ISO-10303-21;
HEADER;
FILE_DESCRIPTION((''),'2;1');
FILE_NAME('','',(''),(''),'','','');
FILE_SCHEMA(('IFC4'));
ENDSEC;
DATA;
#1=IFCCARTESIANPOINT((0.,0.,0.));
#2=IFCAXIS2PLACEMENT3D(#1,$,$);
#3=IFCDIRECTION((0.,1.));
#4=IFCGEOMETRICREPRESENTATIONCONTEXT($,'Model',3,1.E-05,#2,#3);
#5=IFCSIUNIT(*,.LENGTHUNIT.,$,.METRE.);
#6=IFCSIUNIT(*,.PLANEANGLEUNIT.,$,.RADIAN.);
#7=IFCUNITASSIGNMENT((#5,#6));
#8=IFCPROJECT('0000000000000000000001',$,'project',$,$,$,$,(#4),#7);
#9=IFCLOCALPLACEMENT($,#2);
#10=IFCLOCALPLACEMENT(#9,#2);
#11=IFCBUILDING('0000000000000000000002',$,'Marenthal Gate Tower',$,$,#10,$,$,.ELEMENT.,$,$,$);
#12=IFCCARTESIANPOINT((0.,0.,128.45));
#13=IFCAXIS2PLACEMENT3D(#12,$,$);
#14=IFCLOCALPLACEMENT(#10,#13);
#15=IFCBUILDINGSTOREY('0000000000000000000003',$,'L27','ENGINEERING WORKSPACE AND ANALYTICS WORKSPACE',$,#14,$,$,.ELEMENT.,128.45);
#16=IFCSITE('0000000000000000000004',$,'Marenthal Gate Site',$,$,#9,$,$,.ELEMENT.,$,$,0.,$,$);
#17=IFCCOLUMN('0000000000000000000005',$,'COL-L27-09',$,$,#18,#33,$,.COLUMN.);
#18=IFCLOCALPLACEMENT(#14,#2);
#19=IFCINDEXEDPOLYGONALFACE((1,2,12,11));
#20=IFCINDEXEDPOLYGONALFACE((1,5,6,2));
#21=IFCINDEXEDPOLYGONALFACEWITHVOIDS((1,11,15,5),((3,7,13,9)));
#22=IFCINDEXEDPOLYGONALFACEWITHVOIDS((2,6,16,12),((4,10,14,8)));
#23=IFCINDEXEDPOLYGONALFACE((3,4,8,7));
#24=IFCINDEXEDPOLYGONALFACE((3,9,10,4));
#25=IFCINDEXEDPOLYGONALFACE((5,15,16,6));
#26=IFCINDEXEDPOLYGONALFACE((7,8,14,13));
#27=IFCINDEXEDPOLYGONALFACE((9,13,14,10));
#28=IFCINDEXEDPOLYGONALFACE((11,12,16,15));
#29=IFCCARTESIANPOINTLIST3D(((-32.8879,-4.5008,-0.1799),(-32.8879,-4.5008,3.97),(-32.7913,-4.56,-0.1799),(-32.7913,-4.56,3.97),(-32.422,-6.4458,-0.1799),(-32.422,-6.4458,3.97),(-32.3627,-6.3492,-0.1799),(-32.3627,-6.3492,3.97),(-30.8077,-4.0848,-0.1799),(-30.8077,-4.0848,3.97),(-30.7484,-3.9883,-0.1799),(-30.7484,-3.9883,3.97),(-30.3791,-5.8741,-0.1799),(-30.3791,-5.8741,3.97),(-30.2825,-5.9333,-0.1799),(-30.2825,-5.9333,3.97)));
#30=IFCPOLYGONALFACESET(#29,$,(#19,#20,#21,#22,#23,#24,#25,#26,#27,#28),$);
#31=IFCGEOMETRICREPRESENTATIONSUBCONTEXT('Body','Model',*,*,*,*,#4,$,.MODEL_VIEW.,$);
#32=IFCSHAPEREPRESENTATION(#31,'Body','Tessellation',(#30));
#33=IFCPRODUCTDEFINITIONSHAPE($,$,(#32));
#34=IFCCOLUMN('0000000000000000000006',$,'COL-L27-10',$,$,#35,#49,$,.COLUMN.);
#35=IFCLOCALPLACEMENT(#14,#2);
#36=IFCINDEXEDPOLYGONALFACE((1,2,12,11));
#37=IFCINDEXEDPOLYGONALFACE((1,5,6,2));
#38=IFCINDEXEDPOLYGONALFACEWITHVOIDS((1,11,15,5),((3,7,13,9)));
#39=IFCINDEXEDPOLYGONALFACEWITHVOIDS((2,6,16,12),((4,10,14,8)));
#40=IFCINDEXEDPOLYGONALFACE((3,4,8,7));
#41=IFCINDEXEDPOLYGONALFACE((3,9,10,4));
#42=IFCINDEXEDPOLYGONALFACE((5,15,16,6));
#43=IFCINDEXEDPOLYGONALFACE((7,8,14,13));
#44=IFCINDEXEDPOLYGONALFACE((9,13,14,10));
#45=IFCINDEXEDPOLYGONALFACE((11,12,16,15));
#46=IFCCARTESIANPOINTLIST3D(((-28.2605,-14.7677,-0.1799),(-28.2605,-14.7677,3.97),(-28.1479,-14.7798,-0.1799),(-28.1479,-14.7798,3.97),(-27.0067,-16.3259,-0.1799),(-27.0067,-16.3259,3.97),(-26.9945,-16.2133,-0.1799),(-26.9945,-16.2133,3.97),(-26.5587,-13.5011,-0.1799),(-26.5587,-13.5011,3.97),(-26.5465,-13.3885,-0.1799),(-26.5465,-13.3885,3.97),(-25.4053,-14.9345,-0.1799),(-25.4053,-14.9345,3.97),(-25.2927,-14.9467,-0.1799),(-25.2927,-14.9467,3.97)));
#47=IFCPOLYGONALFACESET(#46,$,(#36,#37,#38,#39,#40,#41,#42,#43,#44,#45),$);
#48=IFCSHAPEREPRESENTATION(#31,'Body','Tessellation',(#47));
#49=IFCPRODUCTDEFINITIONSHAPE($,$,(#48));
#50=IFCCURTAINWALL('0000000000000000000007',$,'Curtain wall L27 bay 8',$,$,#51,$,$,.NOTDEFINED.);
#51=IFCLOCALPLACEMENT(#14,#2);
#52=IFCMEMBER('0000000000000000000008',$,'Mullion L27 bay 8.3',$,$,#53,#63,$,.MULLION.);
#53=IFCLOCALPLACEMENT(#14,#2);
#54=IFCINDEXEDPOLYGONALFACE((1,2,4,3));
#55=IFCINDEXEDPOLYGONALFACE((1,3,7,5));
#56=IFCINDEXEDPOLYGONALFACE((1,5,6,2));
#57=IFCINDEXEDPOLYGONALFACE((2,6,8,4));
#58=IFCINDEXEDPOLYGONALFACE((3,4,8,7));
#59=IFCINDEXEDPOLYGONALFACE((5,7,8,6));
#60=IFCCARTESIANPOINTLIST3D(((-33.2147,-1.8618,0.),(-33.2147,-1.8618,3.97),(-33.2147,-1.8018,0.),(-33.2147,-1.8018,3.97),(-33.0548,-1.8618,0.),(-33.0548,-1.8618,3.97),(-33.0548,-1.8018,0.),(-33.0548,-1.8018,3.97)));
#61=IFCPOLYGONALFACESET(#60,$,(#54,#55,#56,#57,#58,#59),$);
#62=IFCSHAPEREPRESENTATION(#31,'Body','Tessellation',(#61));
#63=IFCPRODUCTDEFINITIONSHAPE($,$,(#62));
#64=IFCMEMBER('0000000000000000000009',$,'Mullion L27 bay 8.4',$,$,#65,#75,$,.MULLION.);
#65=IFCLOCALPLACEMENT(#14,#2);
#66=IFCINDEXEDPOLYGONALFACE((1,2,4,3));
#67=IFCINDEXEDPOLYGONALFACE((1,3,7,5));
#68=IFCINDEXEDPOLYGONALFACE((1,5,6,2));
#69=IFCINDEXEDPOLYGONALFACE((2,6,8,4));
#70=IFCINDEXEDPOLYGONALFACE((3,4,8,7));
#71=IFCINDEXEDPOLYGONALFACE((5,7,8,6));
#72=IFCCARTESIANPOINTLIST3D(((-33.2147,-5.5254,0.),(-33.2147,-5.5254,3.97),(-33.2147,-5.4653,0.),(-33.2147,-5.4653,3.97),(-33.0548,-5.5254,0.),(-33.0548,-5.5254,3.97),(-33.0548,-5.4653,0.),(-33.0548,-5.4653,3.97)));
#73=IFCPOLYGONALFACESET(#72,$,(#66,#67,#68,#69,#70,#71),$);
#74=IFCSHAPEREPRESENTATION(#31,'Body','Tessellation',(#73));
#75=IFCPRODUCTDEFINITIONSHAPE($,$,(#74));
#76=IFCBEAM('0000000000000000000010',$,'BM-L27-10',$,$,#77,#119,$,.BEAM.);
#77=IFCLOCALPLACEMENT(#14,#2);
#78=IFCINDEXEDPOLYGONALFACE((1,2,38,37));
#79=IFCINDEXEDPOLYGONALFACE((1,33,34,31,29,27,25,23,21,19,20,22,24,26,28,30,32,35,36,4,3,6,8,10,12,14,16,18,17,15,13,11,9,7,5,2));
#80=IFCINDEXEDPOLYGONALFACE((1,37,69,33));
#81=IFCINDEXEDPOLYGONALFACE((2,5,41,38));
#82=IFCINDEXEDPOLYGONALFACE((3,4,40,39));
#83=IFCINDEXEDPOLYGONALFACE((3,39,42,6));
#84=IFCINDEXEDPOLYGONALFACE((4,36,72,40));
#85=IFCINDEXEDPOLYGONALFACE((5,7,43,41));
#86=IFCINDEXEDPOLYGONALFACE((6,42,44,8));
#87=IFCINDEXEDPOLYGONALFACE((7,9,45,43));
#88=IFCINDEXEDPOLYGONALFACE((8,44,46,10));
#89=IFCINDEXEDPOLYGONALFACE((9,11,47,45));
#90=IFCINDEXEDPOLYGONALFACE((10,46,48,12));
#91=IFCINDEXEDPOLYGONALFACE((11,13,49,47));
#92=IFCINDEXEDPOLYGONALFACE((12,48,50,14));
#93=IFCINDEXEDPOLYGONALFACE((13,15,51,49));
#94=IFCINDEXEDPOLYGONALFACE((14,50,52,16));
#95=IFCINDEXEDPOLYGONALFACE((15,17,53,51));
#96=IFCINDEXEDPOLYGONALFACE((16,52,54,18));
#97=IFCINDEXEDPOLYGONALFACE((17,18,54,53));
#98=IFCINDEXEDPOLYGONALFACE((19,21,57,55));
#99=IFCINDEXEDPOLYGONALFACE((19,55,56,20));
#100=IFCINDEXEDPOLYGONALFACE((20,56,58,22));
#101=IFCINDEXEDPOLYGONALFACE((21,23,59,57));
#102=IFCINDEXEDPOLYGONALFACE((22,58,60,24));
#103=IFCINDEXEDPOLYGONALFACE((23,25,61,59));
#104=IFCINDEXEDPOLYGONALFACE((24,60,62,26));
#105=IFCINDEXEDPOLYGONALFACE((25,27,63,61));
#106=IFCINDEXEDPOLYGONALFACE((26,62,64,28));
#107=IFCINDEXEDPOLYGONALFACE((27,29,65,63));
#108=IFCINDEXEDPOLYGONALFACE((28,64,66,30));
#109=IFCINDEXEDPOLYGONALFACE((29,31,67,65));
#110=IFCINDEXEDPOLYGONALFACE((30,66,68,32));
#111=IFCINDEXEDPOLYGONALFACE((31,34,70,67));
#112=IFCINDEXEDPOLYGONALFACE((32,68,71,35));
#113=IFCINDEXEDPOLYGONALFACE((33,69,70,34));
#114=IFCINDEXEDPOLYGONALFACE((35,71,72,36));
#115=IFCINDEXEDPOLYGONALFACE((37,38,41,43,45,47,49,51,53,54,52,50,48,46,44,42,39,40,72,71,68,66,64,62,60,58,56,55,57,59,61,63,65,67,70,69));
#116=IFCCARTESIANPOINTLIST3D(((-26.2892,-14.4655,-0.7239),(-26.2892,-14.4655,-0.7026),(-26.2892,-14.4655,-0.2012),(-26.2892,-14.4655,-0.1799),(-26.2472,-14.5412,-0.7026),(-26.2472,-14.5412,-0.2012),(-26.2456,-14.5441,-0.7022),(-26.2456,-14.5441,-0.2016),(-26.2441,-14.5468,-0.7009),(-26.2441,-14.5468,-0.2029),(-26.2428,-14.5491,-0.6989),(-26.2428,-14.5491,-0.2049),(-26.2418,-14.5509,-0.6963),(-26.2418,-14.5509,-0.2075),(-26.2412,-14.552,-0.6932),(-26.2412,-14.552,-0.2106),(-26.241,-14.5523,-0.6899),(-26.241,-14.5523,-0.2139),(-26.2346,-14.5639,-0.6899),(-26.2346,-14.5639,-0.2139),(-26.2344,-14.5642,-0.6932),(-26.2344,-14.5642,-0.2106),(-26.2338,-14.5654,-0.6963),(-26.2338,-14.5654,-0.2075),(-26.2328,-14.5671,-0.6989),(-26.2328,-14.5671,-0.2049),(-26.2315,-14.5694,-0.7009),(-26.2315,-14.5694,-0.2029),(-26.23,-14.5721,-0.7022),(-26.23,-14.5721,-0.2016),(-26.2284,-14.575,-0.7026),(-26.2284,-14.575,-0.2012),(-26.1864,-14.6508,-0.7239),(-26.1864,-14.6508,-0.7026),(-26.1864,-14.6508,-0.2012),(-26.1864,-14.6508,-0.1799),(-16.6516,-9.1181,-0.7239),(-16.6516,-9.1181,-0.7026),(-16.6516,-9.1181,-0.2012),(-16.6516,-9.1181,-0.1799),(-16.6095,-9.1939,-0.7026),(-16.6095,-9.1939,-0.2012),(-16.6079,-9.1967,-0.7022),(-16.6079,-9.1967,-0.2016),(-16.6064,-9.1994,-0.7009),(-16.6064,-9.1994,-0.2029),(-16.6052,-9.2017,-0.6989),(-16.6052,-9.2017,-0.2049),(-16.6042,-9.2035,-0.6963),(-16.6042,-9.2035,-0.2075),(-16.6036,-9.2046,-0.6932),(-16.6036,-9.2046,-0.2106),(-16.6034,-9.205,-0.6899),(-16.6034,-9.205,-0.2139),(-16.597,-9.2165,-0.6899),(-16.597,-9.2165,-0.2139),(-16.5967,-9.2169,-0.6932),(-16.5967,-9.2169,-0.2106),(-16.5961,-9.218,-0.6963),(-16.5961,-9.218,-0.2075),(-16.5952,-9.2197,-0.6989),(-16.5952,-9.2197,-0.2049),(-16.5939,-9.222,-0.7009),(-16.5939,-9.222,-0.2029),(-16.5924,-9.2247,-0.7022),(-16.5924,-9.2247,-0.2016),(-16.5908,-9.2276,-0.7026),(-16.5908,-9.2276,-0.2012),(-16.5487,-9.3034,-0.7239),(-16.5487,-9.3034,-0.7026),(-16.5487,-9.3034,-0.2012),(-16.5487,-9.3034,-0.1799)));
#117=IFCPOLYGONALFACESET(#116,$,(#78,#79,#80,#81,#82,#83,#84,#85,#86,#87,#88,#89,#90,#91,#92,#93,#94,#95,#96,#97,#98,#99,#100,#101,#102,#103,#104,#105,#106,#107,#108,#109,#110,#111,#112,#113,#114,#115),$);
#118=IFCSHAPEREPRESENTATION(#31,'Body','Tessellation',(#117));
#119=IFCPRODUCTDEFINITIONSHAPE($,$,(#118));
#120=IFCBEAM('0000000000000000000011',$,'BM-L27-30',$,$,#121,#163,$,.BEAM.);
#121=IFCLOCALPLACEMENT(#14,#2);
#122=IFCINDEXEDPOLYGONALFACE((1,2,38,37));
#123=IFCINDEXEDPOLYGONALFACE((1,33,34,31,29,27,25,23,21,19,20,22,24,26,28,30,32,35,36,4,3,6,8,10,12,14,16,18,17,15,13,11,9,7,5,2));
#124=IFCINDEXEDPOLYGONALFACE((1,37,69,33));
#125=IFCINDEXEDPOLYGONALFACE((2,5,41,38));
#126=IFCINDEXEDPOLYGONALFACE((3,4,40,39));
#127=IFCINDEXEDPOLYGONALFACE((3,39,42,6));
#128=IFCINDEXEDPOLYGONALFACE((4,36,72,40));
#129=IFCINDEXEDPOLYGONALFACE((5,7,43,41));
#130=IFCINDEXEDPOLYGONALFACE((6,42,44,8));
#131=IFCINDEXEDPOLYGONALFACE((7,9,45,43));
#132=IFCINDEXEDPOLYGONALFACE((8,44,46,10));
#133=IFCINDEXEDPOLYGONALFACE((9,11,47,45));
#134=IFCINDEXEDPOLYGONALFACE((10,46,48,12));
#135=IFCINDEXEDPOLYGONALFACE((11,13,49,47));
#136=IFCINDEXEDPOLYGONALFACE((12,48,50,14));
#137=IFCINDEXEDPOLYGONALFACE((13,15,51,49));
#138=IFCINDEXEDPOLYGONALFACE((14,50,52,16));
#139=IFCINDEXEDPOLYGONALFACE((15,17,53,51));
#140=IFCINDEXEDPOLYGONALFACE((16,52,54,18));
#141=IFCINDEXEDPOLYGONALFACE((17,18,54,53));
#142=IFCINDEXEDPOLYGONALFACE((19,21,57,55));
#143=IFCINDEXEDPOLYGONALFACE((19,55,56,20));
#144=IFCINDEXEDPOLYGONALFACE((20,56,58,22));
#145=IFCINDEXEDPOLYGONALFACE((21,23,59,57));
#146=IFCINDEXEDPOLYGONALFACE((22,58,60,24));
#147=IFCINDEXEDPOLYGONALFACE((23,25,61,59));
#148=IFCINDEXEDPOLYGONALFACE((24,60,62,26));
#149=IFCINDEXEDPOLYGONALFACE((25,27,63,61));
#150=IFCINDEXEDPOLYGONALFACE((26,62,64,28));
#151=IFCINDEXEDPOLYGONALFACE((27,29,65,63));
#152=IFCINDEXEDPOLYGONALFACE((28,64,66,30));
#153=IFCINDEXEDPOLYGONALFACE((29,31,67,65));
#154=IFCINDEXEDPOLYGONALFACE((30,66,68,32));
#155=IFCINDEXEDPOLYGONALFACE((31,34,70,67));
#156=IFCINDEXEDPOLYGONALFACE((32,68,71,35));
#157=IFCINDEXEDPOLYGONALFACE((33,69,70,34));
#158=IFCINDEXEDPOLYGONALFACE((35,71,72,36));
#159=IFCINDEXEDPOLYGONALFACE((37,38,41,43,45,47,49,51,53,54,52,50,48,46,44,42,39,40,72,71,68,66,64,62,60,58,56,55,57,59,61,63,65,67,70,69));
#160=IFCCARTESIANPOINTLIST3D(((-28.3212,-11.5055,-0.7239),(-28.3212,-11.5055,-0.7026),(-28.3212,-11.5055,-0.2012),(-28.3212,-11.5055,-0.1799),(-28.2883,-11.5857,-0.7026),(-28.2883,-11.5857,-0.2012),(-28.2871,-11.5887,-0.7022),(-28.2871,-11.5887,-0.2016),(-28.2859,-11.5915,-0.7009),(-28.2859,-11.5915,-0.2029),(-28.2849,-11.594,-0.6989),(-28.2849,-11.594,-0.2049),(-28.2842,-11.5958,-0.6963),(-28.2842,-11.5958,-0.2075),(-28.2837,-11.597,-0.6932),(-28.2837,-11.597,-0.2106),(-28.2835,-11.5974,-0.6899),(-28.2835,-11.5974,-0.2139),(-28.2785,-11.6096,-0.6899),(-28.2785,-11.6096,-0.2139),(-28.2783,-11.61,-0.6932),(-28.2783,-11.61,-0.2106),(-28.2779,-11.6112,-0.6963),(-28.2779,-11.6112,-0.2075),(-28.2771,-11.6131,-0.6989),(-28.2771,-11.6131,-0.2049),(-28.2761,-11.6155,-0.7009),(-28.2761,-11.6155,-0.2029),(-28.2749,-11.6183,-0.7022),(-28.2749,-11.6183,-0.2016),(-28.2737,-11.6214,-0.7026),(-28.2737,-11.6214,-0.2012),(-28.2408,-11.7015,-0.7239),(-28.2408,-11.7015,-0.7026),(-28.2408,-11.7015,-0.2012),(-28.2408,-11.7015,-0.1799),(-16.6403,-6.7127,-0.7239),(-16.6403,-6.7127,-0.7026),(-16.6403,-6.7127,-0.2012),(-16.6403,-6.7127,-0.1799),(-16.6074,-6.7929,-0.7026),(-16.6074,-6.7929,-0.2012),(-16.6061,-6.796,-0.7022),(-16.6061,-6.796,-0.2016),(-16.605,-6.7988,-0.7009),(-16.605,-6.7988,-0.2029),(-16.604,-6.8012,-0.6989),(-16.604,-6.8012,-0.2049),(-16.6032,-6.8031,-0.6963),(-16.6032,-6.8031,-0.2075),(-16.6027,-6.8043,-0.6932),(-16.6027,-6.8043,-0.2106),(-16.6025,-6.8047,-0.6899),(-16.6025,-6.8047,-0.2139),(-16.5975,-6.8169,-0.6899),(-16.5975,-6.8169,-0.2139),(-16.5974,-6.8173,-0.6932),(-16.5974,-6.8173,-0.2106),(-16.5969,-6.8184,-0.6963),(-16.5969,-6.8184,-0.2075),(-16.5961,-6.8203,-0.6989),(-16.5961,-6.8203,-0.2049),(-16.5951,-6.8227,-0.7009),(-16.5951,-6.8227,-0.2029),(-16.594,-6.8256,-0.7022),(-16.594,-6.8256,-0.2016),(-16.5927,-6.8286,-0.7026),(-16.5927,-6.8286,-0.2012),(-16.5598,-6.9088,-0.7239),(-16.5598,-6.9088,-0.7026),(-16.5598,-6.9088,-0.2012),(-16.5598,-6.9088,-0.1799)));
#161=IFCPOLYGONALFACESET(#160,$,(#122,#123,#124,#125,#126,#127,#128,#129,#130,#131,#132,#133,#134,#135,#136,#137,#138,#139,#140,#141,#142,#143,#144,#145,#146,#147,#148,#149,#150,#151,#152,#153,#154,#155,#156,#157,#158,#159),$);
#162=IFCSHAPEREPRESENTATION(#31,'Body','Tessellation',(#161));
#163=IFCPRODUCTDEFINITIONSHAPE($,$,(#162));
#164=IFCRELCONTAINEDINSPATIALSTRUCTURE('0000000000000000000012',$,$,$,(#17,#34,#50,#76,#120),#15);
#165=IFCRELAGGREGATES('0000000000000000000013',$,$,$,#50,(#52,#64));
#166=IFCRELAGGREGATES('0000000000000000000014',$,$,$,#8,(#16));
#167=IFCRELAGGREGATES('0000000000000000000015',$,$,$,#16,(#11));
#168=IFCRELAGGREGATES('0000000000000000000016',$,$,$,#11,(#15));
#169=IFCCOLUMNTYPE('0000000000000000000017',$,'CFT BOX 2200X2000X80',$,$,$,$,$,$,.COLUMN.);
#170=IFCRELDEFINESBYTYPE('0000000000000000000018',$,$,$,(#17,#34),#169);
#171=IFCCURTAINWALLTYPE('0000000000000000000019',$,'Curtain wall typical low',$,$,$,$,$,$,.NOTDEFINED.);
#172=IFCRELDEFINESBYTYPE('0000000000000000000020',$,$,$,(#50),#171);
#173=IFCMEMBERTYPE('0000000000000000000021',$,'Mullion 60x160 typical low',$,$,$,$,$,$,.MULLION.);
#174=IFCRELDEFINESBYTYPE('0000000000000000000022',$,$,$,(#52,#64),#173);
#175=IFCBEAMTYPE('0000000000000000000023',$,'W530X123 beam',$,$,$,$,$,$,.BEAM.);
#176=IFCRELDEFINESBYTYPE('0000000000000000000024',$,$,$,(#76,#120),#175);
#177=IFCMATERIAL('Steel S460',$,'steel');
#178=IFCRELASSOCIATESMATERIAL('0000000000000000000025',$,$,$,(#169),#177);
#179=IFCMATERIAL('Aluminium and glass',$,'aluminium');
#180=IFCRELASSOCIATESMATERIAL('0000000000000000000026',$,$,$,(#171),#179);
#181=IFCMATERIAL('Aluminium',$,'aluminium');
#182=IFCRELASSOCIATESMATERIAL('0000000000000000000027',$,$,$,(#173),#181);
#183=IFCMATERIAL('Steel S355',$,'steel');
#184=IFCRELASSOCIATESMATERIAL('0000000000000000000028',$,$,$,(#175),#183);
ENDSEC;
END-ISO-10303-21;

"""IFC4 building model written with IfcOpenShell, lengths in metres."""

from ifc_helpers import new_model, si_unit, direction, frame, origin, origin_2d, place, context, subcontext, project, spatial, rectangle, hollow_rectangle, i_section, extrude, material, material_profile, profile_set, type_object, element, aggregate, save


model = new_model("IFC4")

# Units and contexts
model_context = context("Model", 3, precision=1e-05, world=origin(), true_north=direction((0.0, 1.0)))
body_context = subcontext(model_context, "Body", "Model", "MODEL_VIEW")
ifc_project = project(units=[si_unit("LENGTHUNIT", "METRE"), si_unit("PLANEANGLEUNIT", "RADIAN")], contexts=[model_context])

# Site, building, storey
site_placement = place(None, origin())
site = spatial("IfcSite", under=ifc_project, at=site_placement, Name="Marenthal Gate Site", CompositionType="ELEMENT", RefElevation=0.0)
building_placement = place(site_placement, origin())
building = spatial("IfcBuilding", under=site, at=building_placement, Name="Marenthal Gate Tower", CompositionType="ELEMENT")
storey_placement = place(building_placement, frame((0.0, 0.0, 128.45)))
storey = spatial("IfcBuildingStorey", under=building, at=storey_placement, Name="L27", Description="ENGINEERING WORKSPACE AND ANALYTICS WORKSPACE", CompositionType="ELEMENT", Elevation=128.45)

# Columns
ifc_material_1 = material(Name="Steel S460", Category="steel")
ifc_material_profile_1 = material_profile(ifc_material_1, hollow_rectangle(XDim=2.0, YDim=2.2, WallThickness=0.0801, at=origin_2d()), Name="CFT BOX 2200X2000X80")
ifc_material_2 = material(Name="Concrete 70 MPa", Category="concrete")
ifc_material_profile_2 = material_profile(ifc_material_2, rectangle(XDim=1.8401, YDim=2.04, at=origin_2d()), Name="CFT BOX 2200X2000X80 INFILL")
ifc_profile_set_1 = profile_set([ifc_material_profile_1, ifc_material_profile_2], Name="Steel S460 shell, Concrete 70 MPa infill")
column_type = type_object("IfcColumnType", Name="CFT BOX 2200X2000X80", PredefinedType="COLUMN", material=ifc_profile_set_1)
for number, where, z_axis, x_axis, name in (
    (1, (-31.5852, -5.217, -0.1799), (0.0, 0.0, 1.0), (-0.23295, 0.972489, 0.0), "COL-L27-09"),
    (2, (-26.7766, -14.8572, -0.1799), (0.0, 0.0, 1.0), (-0.626903, 0.779097, 0.0), "COL-L27-10"),
):
    element("IfcColumn", number, at=place(storey_placement, frame(where, z_axis=z_axis, x_axis=x_axis)), inside=storey, type_object=column_type, Name=name, PredefinedType="COLUMN", context=body_context, shape_type="SweptSolid", body=[
        extrude(hollow_rectangle(XDim=2.0, YDim=2.2, WallThickness=0.0801, at=origin_2d()), origin(), (0.0, 0.0, 1.0), 4.1499),
    ])

# Curtain wall, members
ifc_material_3 = material(Name="Aluminium and glass", Category="aluminium")
curtain_wall_type = type_object("IfcCurtainWallType", Name="Curtain wall typical low", PredefinedType="NOTDEFINED", material=ifc_material_3)
curtain_wall_placement = place(storey_placement, origin())
curtain_wall = element("IfcCurtainWall", 3, at=curtain_wall_placement, inside=storey, type_object=curtain_wall_type, Name="Curtain wall L27 bay 8", PredefinedType="NOTDEFINED")
ifc_material_4 = material(Name="Aluminium", Category="aluminium")
ifc_material_profile_3 = material_profile(ifc_material_4, rectangle(XDim=0.1599, YDim=0.0601, at=origin_2d()), Name="60x160 aluminium mullion")
ifc_profile_set_2 = profile_set([ifc_material_profile_3], Name="Aluminium")
member_type = type_object("IfcMemberType", Name="Mullion 60x160 typical low", PredefinedType="MULLION", material=ifc_profile_set_2)
member_1_placement = place(storey_placement, frame((-33.1348, -1.8318, 0.0), z_axis=(0.0, 0.0, 1.0), x_axis=(1.0, 0.0, 0.0)))
member_1 = element("IfcMember", 4, at=member_1_placement, type_object=member_type, Name="Mullion L27 bay 8.3", PredefinedType="MULLION", context=body_context, shape_type="SweptSolid", body=[
    extrude(rectangle(XDim=0.1599, YDim=0.0601, at=origin_2d()), origin(), (0.0, 0.0, 1.0), 3.97),
])
member_2_placement = place(storey_placement, frame((-33.1348, -5.4954, 0.0), z_axis=(0.0, 0.0, 1.0), x_axis=(1.0, 0.0, 0.0)))
member_2 = element("IfcMember", 5, at=member_2_placement, type_object=member_type, Name="Mullion L27 bay 8.4", PredefinedType="MULLION", context=body_context, shape_type="SweptSolid", body=[
    extrude(rectangle(XDim=0.1599, YDim=0.0601, at=origin_2d()), origin(), (0.0, 0.0, 1.0), 3.97),
])

# Beams
ifc_material_5 = material(Name="Steel S355", Category="steel")
ifc_material_profile_4 = material_profile(ifc_material_5, i_section(OverallWidth=0.2119, OverallDepth=0.5439, WebThickness=0.0132, FlangeThickness=0.0212, FilletRadius=0.0127, at=origin_2d()), Name="W530X123")
ifc_profile_set_3 = profile_set([ifc_material_profile_4], Name="Steel S355")
beam_type_1 = type_object("IfcBeamType", Name="W530X123 beam", PredefinedType="BEAM", material=ifc_profile_set_3)
beam_1_placement = place(storey_placement, frame((-26.2378, -14.5581, -0.4519), z_axis=(0.874421, 0.485167, 0.0), x_axis=(-0.485167, 0.874421, 0.0)))
element("IfcBeam", 6, at=beam_1_placement, inside=storey, type_object=beam_type_1, Name="BM-L27-10", PredefinedType="BEAM", context=body_context, shape_type="SweptSolid", body=[
    extrude(i_section(OverallWidth=0.2119, OverallDepth=0.5439, WebThickness=0.0132, FlangeThickness=0.0212, FilletRadius=0.0127, at=origin_2d()), origin(), (0.0, 0.0, 1.0), 11.0217),
])
beam_2_placement = place(storey_placement, frame((-28.281, -11.6035, -0.4519), z_axis=(0.925153, 0.379594, 0.0), x_axis=(-0.379594, 0.925153, 0.0)))
element("IfcBeam", 7, at=beam_2_placement, inside=storey, type_object=beam_type_1, Name="BM-L27-30", PredefinedType="BEAM", context=body_context, shape_type="SweptSolid", body=[
    extrude(i_section(OverallWidth=0.2119, OverallDepth=0.5439, WebThickness=0.0132, FlangeThickness=0.0212, FilletRadius=0.0127, at=origin_2d()), origin(), (0.0, 0.0, 1.0), 12.626),
])

aggregate(curtain_wall, [member_1, member_2])

save(model, "model.ifc")
